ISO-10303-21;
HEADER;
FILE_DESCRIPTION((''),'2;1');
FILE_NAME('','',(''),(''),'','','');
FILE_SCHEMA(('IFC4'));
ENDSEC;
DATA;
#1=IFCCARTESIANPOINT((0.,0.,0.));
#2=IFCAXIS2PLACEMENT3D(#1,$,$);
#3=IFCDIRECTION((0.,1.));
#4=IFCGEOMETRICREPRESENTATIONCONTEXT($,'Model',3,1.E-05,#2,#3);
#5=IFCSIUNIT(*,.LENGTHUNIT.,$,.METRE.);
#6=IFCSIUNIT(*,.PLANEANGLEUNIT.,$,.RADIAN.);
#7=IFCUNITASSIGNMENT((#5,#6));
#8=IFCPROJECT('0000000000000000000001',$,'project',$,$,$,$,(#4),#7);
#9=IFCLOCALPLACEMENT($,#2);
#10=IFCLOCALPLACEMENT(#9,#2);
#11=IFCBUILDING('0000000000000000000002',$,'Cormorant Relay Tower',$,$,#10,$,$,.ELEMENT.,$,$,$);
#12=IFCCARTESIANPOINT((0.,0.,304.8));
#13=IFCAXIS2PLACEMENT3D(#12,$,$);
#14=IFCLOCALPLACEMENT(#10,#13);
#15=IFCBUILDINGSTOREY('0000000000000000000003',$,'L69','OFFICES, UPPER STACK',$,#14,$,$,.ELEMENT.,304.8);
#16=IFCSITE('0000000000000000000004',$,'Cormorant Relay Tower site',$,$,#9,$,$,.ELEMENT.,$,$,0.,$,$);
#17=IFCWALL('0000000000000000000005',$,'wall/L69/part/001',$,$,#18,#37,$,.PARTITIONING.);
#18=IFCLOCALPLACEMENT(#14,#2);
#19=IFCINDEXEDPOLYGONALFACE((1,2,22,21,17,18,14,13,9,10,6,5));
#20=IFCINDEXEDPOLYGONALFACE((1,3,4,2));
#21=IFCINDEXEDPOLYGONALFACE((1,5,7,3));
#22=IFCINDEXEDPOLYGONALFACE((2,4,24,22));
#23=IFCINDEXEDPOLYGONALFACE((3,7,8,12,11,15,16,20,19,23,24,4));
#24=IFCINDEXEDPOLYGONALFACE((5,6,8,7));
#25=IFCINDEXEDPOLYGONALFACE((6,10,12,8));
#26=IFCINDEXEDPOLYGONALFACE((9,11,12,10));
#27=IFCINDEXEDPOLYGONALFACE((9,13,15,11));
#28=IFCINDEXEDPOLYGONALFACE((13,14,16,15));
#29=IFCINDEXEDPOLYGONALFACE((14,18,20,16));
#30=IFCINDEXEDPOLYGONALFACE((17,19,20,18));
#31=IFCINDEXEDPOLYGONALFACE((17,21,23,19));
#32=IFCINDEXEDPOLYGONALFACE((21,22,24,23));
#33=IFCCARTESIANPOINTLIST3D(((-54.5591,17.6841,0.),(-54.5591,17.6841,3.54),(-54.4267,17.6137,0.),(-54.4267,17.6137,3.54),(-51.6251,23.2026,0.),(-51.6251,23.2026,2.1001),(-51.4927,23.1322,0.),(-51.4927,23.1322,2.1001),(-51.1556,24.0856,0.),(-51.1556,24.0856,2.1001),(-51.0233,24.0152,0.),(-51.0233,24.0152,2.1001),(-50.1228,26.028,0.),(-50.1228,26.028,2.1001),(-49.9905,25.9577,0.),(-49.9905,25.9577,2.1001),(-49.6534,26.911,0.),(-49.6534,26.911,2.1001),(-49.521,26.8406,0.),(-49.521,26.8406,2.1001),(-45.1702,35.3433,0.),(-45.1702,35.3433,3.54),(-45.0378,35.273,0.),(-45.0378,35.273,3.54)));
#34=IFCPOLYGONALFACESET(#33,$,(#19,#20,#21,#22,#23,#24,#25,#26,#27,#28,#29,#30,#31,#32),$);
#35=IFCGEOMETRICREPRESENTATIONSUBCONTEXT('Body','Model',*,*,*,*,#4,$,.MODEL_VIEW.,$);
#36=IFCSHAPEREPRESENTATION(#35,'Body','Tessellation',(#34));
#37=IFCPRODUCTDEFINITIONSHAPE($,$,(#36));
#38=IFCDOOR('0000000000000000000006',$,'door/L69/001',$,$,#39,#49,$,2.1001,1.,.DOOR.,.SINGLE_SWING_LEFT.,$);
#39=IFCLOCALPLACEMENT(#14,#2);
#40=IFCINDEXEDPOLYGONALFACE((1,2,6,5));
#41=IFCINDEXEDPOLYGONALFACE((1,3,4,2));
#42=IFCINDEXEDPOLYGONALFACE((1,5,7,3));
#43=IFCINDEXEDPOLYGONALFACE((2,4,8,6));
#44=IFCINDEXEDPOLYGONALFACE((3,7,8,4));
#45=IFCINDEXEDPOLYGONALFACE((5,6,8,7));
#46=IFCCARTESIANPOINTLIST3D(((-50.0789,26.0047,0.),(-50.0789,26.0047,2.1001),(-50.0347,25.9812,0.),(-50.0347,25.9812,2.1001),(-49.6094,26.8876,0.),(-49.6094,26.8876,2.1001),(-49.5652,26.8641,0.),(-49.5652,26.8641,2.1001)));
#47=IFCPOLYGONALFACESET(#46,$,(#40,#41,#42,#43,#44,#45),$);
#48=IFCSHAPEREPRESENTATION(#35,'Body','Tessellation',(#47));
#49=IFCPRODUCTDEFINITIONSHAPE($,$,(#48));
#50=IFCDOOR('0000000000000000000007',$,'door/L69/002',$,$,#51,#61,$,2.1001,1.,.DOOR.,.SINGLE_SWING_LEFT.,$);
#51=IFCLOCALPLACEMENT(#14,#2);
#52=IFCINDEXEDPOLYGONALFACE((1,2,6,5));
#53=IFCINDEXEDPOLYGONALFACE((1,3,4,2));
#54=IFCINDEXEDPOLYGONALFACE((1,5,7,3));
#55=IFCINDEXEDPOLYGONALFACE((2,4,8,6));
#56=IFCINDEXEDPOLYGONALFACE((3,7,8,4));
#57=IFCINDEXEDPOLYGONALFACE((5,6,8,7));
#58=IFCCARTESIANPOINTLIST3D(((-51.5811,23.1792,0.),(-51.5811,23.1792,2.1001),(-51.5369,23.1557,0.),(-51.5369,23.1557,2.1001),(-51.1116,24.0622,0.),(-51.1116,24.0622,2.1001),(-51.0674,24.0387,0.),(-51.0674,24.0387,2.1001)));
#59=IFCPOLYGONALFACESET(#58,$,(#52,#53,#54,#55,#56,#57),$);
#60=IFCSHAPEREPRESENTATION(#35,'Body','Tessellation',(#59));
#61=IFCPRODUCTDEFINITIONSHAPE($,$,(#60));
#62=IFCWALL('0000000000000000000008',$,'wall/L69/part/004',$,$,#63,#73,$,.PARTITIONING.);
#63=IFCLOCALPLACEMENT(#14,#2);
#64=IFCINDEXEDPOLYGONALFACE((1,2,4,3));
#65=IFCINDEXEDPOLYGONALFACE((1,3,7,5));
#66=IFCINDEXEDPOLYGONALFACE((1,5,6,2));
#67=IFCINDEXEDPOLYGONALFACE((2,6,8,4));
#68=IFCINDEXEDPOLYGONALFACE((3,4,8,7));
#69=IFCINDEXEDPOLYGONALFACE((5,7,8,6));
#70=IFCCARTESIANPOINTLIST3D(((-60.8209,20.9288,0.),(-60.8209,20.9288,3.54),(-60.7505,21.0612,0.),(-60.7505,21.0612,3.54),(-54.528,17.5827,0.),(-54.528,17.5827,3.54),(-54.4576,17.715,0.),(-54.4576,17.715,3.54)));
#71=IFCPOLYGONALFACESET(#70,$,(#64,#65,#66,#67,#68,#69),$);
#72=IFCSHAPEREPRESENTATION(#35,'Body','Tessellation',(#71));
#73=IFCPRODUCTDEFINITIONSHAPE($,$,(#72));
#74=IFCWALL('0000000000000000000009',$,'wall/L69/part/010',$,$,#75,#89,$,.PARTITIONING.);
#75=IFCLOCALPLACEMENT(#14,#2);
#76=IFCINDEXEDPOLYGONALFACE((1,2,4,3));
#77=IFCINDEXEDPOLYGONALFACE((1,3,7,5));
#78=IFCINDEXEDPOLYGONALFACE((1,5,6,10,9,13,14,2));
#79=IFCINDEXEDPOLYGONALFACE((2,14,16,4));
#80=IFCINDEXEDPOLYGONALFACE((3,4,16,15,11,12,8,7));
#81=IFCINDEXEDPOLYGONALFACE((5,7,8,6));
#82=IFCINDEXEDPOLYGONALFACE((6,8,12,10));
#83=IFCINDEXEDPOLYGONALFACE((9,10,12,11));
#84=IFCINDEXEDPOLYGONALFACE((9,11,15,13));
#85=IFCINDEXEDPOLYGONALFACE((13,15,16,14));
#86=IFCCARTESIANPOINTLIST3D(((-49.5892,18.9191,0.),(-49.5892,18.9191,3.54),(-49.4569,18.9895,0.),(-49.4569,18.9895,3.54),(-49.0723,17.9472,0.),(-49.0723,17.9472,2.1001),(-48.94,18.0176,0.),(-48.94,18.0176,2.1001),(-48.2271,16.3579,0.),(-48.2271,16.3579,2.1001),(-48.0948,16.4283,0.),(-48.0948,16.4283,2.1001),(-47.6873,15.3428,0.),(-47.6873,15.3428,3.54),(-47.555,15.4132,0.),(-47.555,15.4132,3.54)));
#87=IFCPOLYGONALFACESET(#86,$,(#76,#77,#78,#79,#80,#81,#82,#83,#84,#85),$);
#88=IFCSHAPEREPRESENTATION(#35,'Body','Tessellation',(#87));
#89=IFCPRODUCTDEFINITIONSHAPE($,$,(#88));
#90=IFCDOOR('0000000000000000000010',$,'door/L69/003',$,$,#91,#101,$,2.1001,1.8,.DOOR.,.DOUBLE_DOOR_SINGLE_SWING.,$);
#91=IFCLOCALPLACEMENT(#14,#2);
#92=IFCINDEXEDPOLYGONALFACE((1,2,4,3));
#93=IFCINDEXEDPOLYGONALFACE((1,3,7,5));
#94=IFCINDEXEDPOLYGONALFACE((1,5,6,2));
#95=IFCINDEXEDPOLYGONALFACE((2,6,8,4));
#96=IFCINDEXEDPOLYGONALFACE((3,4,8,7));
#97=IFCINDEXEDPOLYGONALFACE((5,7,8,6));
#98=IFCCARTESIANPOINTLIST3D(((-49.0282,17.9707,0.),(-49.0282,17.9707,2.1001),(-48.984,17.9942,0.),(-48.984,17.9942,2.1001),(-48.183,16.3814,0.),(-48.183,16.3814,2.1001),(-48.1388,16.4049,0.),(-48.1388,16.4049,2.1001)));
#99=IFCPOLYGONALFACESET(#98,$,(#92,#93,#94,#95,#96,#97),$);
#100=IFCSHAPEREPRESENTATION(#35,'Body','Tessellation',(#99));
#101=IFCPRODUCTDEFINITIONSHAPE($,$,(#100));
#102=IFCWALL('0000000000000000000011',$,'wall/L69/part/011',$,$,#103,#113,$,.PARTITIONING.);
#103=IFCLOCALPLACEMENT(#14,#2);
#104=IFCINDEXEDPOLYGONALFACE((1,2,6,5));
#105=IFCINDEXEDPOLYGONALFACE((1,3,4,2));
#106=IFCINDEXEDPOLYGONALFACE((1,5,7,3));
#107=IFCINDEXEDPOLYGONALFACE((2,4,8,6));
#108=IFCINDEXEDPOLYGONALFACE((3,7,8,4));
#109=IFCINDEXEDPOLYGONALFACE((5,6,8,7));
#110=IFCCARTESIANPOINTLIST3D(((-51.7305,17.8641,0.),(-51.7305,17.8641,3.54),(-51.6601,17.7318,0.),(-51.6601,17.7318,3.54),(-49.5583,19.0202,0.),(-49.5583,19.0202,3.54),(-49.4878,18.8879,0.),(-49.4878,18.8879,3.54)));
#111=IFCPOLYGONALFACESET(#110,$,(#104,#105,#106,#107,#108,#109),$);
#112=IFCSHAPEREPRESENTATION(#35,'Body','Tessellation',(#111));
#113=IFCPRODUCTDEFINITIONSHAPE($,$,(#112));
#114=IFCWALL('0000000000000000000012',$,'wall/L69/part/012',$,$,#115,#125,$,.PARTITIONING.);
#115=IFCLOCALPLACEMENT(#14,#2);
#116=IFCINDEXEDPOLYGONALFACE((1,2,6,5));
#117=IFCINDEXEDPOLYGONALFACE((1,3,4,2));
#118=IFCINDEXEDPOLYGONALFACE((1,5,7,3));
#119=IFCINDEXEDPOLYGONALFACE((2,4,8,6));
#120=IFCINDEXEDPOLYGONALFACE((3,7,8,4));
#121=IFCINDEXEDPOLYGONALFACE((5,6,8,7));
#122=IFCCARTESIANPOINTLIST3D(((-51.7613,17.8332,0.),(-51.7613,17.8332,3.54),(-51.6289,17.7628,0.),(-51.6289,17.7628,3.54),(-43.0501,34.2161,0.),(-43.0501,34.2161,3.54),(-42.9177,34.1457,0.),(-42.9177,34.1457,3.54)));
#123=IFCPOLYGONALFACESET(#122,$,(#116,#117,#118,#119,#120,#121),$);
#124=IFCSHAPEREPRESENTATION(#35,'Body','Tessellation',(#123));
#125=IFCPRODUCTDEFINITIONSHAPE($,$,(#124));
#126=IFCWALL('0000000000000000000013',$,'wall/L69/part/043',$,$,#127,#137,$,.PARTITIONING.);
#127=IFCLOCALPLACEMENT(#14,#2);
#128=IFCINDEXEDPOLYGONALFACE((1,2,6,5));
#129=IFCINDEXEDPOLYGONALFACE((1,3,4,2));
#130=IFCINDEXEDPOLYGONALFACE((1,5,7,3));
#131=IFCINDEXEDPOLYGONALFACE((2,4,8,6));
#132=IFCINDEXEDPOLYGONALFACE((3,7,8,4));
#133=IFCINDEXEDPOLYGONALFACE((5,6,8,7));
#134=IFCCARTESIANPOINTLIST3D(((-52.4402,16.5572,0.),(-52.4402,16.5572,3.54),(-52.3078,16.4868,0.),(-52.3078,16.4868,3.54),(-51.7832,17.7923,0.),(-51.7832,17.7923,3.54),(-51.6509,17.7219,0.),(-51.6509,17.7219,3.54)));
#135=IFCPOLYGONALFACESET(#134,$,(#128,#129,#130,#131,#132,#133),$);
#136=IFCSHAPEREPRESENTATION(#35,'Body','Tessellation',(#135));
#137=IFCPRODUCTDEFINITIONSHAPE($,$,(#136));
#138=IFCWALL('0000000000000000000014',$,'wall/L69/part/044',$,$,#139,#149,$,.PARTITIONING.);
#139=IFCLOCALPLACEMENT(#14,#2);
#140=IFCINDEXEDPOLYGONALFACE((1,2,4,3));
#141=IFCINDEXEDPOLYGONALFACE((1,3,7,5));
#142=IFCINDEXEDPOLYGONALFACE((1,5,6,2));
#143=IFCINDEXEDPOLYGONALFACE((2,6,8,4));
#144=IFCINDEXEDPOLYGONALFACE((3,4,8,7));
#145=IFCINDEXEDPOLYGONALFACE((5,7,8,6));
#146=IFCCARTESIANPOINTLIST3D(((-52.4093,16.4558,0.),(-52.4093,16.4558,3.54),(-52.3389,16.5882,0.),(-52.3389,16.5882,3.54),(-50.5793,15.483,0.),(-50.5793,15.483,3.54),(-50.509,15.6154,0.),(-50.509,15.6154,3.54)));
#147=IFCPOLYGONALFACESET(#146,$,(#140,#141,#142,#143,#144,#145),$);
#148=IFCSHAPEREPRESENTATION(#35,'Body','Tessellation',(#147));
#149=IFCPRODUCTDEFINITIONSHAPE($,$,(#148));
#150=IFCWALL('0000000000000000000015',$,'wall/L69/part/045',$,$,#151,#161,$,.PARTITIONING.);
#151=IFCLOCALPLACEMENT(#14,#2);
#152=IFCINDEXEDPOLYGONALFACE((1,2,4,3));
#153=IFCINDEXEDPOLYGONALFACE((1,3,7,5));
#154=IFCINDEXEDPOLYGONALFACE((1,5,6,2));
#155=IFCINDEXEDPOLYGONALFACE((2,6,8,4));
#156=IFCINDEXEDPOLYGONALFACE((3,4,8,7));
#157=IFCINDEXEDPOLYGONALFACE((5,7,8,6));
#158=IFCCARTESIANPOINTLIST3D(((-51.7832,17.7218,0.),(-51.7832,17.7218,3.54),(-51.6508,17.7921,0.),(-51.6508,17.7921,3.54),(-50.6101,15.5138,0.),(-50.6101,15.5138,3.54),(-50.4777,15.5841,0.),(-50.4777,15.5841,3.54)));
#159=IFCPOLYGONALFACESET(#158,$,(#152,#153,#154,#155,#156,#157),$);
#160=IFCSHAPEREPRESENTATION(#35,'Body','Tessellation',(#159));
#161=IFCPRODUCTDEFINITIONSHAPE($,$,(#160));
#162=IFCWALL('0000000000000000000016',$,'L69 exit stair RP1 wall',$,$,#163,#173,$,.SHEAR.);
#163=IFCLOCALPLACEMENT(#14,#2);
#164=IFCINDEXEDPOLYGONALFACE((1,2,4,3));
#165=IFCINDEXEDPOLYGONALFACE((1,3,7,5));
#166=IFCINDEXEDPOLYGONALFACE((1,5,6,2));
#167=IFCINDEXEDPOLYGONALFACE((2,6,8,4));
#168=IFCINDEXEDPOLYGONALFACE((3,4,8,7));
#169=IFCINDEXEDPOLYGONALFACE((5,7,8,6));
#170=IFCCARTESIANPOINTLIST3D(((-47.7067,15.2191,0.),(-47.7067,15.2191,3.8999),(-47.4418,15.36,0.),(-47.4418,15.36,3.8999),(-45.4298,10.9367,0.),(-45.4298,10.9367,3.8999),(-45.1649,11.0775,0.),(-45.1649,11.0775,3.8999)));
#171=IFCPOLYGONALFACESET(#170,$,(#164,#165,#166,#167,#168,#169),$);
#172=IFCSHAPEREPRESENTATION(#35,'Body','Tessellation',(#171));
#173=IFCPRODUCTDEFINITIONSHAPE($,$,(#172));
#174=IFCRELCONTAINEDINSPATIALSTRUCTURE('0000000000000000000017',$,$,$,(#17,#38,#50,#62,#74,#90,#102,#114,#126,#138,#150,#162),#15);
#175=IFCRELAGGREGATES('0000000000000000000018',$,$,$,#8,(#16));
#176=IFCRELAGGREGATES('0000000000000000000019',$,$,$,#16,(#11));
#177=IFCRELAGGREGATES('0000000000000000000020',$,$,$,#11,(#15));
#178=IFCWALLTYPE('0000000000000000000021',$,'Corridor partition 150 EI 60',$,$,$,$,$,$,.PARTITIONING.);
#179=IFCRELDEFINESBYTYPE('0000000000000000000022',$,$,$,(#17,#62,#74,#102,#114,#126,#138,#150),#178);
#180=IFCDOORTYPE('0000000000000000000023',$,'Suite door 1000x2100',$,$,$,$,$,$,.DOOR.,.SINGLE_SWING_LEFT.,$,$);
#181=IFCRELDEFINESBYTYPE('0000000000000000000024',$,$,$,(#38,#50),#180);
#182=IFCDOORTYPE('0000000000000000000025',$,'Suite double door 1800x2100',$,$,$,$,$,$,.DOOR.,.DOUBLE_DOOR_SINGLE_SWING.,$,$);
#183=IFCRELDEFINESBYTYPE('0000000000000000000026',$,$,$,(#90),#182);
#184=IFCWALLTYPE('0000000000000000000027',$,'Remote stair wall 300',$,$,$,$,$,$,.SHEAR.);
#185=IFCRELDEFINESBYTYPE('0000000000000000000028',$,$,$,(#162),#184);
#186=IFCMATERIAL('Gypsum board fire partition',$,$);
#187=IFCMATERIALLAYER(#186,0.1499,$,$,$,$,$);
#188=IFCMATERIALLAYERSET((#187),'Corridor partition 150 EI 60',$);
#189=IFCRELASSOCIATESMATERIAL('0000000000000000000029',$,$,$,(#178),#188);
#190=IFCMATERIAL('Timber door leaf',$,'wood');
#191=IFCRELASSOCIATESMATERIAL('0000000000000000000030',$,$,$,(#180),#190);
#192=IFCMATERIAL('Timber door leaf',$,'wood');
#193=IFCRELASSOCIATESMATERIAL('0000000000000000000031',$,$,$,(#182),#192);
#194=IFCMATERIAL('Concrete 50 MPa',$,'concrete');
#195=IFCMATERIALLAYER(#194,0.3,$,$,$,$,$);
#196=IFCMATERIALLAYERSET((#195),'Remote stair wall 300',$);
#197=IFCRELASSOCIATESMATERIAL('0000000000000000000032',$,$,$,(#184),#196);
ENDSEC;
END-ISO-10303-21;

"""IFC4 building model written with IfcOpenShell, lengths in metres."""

from ifc_helpers import new_model, si_unit, direction, frame, frame_2d, origin, place, context, subcontext, project, spatial, rectangle, extrude, material, layer, layer_set, type_object, element, fill, save


model = new_model("IFC4")

# Units and contexts
model_context = context("Model", 3, precision=1e-05, world=origin(), true_north=direction((0.0, 1.0)))
body_context = subcontext(model_context, "Body", "Model", "MODEL_VIEW")
ifc_project = project(units=[si_unit("LENGTHUNIT", "METRE"), si_unit("PLANEANGLEUNIT", "RADIAN")], contexts=[model_context])

# Site, building, storey
site_placement = place(None, origin())
site = spatial("IfcSite", under=ifc_project, at=site_placement, Name="Cormorant Relay Tower site", CompositionType="ELEMENT", RefElevation=0.0)
building_placement = place(site_placement, origin())
building = spatial("IfcBuilding", under=site, at=building_placement, Name="Cormorant Relay Tower", CompositionType="ELEMENT")
storey_placement = place(building_placement, frame((0.0, 0.0, 304.8)))
storey = spatial("IfcBuildingStorey", under=building, at=storey_placement, Name="L69", Description="OFFICES, UPPER STACK", CompositionType="ELEMENT", Elevation=304.8)

# Wall, openings, doors
ifc_material_1 = material(Name="Gypsum board fire partition")
ifc_layer_1 = layer(ifc_material_1, 0.1499)
ifc_layer_set_1 = layer_set([ifc_layer_1], Name="Corridor partition 150 EI 60")
wall_type_1 = type_object("IfcWallType", Name="Corridor partition 150 EI 60", PredefinedType="PARTITIONING", material=ifc_layer_set_1)
wall_1_placement = place(storey_placement, frame((-54.4929, 17.6489, 0.0), z_axis=(0.0, 0.0, 1.0), x_axis=(0.469447, 0.882961, 0.0)))
wall_1 = element("IfcWall", 1, at=wall_1_placement, inside=storey, type_object=wall_type_1, Name="wall/L69/part/001", PredefinedType="PARTITIONING", context=body_context, shape_type="SweptSolid", body=[
    extrude(rectangle(XDim=20.0, YDim=0.1499, at=frame_2d((10.0, 0.0))), origin(), (0.0, 0.0, 1.0), 3.54),
])
opening_1_placement = place(wall_1_placement, frame((9.45, 0.0, 0.0)))
opening_1 = element("IfcOpeningElement", 2, at=opening_1_placement, cuts=wall_1, PredefinedType="OPENING", context=body_context, shape_type="SweptSolid", body=[
    extrude(rectangle(XDim=1.0, YDim=2.1001, at=frame_2d((0.5, 1.05))), frame((0.0, 0.085, 0.0), z_axis=(0.0, -1.0, 0.0), x_axis=(1.0, 0.0, 0.0)), (0.0, 0.0, 1.0), 0.1699),
])
opening_2_placement = place(wall_1_placement, frame((6.25, 0.0, 0.0)))
opening_2 = element("IfcOpeningElement", 3, at=opening_2_placement, cuts=wall_1, PredefinedType="OPENING", context=body_context, shape_type="SweptSolid", body=[
    extrude(rectangle(XDim=1.0, YDim=2.1001, at=frame_2d((0.5, 1.05))), frame((0.0, 0.085, 0.0), z_axis=(0.0, -1.0, 0.0), x_axis=(1.0, 0.0, 0.0)), (0.0, 0.0, 1.0), 0.1699),
])
ifc_material_2 = material(Name="Timber door leaf", Category="wood")
door_type_1 = type_object("IfcDoorType", Name="Suite door 1000x2100", OperationType="SINGLE_SWING_LEFT", PredefinedType="DOOR", material=ifc_material_2)
door_1_placement = place(opening_1_placement, frame((1.0, 0.0, 0.0), z_axis=(0.0, 0.0, 1.0), x_axis=(-1.0, 0.0, 0.0)))
door_1 = element("IfcDoor", 4, at=door_1_placement, inside=storey, type_object=door_type_1, Name="door/L69/001", OperationType="SINGLE_SWING_LEFT", OverallHeight=2.1001, OverallWidth=1.0, PredefinedType="DOOR", context=body_context, shape_type="SweptSolid", body=[
    extrude(rectangle(XDim=1.0, YDim=2.1001, at=frame_2d((0.5, 1.05))), frame((0.0, 0.0249, 0.0), z_axis=(0.0, -1.0, 0.0), x_axis=(1.0, 0.0, 0.0)), (0.0, 0.0, 1.0), 0.05),
])
fill(opening_1, door_1)
door_2_placement = place(opening_2_placement, frame((1.0, 0.0, 0.0), z_axis=(0.0, 0.0, 1.0), x_axis=(-1.0, 0.0, 0.0)))
door_2 = element("IfcDoor", 5, at=door_2_placement, inside=storey, type_object=door_type_1, Name="door/L69/002", OperationType="SINGLE_SWING_LEFT", OverallHeight=2.1001, OverallWidth=1.0, PredefinedType="DOOR", context=body_context, shape_type="SweptSolid", body=[
    extrude(rectangle(XDim=1.0, YDim=2.1001, at=frame_2d((0.5, 1.05))), frame((0.0, 0.0249, 0.0), z_axis=(0.0, -1.0, 0.0), x_axis=(1.0, 0.0, 0.0)), (0.0, 0.0, 1.0), 0.05),
])
fill(opening_2, door_2)

# Wall
wall_2_placement = place(storey_placement, frame((-54.4929, 17.6489, 0.0), z_axis=(0.0, 0.0, 1.0), x_axis=(-0.882938, 0.469489, 0.0)))
element("IfcWall", 6, at=wall_2_placement, inside=storey, type_object=wall_type_1, Name="wall/L69/part/004", PredefinedType="PARTITIONING", context=body_context, shape_type="SweptSolid", body=[
    extrude(rectangle(XDim=7.1272, YDim=0.1499, at=frame_2d((3.5635, 0.0))), origin(), (0.0, 0.0, 1.0), 3.54),
])

# Wall, opening, door
wall_3_placement = place(storey_placement, frame((-47.6211, 15.3779, 0.0), z_axis=(0.0, 0.0, 1.0), x_axis=(-0.469543, 0.88291, 0.0)))
wall_3 = element("IfcWall", 7, at=wall_3_placement, inside=storey, type_object=wall_type_1, Name="wall/L69/part/010", PredefinedType="PARTITIONING", context=body_context, shape_type="SweptSolid", body=[
    extrude(rectangle(XDim=4.0505, YDim=0.1499, at=frame_2d((2.0254, 0.0))), origin(), (0.0, 0.0, 1.0), 3.54),
])
opening_3_placement = place(wall_3_placement, frame((1.1499, 0.0, 0.0)))
opening_3 = element("IfcOpeningElement", 8, at=opening_3_placement, cuts=wall_3, PredefinedType="OPENING", context=body_context, shape_type="SweptSolid", body=[
    extrude(rectangle(XDim=1.8, YDim=2.1001, at=frame_2d((0.8999, 1.05))), frame((0.0, 0.085, 0.0), z_axis=(0.0, -1.0, 0.0), x_axis=(1.0, 0.0, 0.0)), (0.0, 0.0, 1.0), 0.1699),
])
ifc_material_3 = material(Name="Timber door leaf", Category="wood")
door_type_2 = type_object("IfcDoorType", Name="Suite double door 1800x2100", OperationType="DOUBLE_DOOR_SINGLE_SWING", PredefinedType="DOOR", material=ifc_material_3)
door_3_placement = place(opening_3_placement, origin())
door_3 = element("IfcDoor", 9, at=door_3_placement, inside=storey, type_object=door_type_2, Name="door/L69/003", OperationType="DOUBLE_DOOR_SINGLE_SWING", OverallHeight=2.1001, OverallWidth=1.8, PredefinedType="DOOR", context=body_context, shape_type="SweptSolid", body=[
    extrude(rectangle(XDim=1.8, YDim=2.1001, at=frame_2d((0.8999, 1.05))), frame((0.0, 0.0249, 0.0), z_axis=(0.0, -1.0, 0.0), x_axis=(1.0, 0.0, 0.0)), (0.0, 0.0, 1.0), 0.05),
])
fill(opening_3, door_3)

# Walls
wall_4_placement = place(storey_placement, frame((-49.5229, 18.9541, 0.0), z_axis=(0.0, 0.0, 1.0), x_axis=(-0.882767, -0.46981, 0.0)))
element("IfcWall", 10, at=wall_4_placement, inside=storey, type_object=wall_type_1, Name="wall/L69/part/011", PredefinedType="PARTITIONING", context=body_context, shape_type="SweptSolid", body=[
    extrude(rectangle(XDim=2.4607, YDim=0.1499, at=frame_2d((1.2305, 0.0))), origin(), (0.0, 0.0, 1.0), 3.54),
])
wall_5_placement = place(storey_placement, frame((-51.6951, 17.7981, 0.0), z_axis=(0.0, 0.0, 1.0), x_axis=(0.469484, 0.882941, 0.0)))
element("IfcWall", 11, at=wall_5_placement, inside=storey, type_object=wall_type_1, Name="wall/L69/part/012", PredefinedType="PARTITIONING", context=body_context, shape_type="SweptSolid", body=[
    extrude(rectangle(XDim=18.5549, YDim=0.1499, at=frame_2d((9.2773, 0.0))), origin(), (0.0, 0.0, 1.0), 3.54),
])
wall_6_placement = place(storey_placement, frame((-51.717, 17.7571, 0.0), z_axis=(0.0, 0.0, 1.0), x_axis=(-0.469619, -0.882869, 0.0)))
element("IfcWall", 12, at=wall_6_placement, inside=storey, type_object=wall_type_1, Name="wall/L69/part/043", PredefinedType="PARTITIONING", context=body_context, shape_type="SweptSolid", body=[
    extrude(rectangle(XDim=1.3989, YDim=0.1499, at=frame_2d((0.6995, 0.0))), origin(), (0.0, 0.0, 1.0), 3.54),
])
wall_7_placement = place(storey_placement, frame((-52.374, 16.522, 0.0), z_axis=(0.0, 0.0, 1.0), x_axis=(0.882981, -0.469408, 0.0)))
element("IfcWall", 13, at=wall_7_placement, inside=storey, type_object=wall_type_1, Name="wall/L69/part/044", PredefinedType="PARTITIONING", context=body_context, shape_type="SweptSolid", body=[
    extrude(rectangle(XDim=2.0725, YDim=0.1499, at=frame_2d((1.0361, 0.0))), origin(), (0.0, 0.0, 1.0), 3.54),
])
wall_8_placement = place(storey_placement, frame((-50.5439, 15.5491, 0.0), z_axis=(0.0, 0.0, 1.0), x_axis=(-0.469184, 0.883101, 0.0)))
element("IfcWall", 14, at=wall_8_placement, inside=storey, type_object=wall_type_1, Name="wall/L69/part/045", PredefinedType="PARTITIONING", context=body_context, shape_type="SweptSolid", body=[
    extrude(rectangle(XDim=2.5002, YDim=0.1499, at=frame_2d((1.25, 0.0))), origin(), (0.0, 0.0, 1.0), 3.54),
])
ifc_material_4 = material(Name="Concrete 50 MPa", Category="concrete")
ifc_layer_2 = layer(ifc_material_4, 0.3)
ifc_layer_set_2 = layer_set([ifc_layer_2], Name="Remote stair wall 300")
wall_type_2 = type_object("IfcWallType", Name="Remote stair wall 300", PredefinedType="SHEAR", material=ifc_layer_set_2)
wall_9_placement = place(storey_placement, frame((-47.5742, 15.2896, 0.0), z_axis=(0.0, 0.0, 1.0), x_axis=(0.469443, -0.882963, 0.0)))
element("IfcWall", 15, at=wall_9_placement, inside=storey, type_object=wall_type_2, Name="L69 exit stair RP1 wall", PredefinedType="SHEAR", context=body_context, shape_type="SweptSolid", body=[
    extrude(rectangle(XDim=4.8501, YDim=0.3, at=frame_2d((2.425, 0.0))), origin(), (0.0, 0.0, 1.0), 3.8999),
])

save(model, "model.ifc")
